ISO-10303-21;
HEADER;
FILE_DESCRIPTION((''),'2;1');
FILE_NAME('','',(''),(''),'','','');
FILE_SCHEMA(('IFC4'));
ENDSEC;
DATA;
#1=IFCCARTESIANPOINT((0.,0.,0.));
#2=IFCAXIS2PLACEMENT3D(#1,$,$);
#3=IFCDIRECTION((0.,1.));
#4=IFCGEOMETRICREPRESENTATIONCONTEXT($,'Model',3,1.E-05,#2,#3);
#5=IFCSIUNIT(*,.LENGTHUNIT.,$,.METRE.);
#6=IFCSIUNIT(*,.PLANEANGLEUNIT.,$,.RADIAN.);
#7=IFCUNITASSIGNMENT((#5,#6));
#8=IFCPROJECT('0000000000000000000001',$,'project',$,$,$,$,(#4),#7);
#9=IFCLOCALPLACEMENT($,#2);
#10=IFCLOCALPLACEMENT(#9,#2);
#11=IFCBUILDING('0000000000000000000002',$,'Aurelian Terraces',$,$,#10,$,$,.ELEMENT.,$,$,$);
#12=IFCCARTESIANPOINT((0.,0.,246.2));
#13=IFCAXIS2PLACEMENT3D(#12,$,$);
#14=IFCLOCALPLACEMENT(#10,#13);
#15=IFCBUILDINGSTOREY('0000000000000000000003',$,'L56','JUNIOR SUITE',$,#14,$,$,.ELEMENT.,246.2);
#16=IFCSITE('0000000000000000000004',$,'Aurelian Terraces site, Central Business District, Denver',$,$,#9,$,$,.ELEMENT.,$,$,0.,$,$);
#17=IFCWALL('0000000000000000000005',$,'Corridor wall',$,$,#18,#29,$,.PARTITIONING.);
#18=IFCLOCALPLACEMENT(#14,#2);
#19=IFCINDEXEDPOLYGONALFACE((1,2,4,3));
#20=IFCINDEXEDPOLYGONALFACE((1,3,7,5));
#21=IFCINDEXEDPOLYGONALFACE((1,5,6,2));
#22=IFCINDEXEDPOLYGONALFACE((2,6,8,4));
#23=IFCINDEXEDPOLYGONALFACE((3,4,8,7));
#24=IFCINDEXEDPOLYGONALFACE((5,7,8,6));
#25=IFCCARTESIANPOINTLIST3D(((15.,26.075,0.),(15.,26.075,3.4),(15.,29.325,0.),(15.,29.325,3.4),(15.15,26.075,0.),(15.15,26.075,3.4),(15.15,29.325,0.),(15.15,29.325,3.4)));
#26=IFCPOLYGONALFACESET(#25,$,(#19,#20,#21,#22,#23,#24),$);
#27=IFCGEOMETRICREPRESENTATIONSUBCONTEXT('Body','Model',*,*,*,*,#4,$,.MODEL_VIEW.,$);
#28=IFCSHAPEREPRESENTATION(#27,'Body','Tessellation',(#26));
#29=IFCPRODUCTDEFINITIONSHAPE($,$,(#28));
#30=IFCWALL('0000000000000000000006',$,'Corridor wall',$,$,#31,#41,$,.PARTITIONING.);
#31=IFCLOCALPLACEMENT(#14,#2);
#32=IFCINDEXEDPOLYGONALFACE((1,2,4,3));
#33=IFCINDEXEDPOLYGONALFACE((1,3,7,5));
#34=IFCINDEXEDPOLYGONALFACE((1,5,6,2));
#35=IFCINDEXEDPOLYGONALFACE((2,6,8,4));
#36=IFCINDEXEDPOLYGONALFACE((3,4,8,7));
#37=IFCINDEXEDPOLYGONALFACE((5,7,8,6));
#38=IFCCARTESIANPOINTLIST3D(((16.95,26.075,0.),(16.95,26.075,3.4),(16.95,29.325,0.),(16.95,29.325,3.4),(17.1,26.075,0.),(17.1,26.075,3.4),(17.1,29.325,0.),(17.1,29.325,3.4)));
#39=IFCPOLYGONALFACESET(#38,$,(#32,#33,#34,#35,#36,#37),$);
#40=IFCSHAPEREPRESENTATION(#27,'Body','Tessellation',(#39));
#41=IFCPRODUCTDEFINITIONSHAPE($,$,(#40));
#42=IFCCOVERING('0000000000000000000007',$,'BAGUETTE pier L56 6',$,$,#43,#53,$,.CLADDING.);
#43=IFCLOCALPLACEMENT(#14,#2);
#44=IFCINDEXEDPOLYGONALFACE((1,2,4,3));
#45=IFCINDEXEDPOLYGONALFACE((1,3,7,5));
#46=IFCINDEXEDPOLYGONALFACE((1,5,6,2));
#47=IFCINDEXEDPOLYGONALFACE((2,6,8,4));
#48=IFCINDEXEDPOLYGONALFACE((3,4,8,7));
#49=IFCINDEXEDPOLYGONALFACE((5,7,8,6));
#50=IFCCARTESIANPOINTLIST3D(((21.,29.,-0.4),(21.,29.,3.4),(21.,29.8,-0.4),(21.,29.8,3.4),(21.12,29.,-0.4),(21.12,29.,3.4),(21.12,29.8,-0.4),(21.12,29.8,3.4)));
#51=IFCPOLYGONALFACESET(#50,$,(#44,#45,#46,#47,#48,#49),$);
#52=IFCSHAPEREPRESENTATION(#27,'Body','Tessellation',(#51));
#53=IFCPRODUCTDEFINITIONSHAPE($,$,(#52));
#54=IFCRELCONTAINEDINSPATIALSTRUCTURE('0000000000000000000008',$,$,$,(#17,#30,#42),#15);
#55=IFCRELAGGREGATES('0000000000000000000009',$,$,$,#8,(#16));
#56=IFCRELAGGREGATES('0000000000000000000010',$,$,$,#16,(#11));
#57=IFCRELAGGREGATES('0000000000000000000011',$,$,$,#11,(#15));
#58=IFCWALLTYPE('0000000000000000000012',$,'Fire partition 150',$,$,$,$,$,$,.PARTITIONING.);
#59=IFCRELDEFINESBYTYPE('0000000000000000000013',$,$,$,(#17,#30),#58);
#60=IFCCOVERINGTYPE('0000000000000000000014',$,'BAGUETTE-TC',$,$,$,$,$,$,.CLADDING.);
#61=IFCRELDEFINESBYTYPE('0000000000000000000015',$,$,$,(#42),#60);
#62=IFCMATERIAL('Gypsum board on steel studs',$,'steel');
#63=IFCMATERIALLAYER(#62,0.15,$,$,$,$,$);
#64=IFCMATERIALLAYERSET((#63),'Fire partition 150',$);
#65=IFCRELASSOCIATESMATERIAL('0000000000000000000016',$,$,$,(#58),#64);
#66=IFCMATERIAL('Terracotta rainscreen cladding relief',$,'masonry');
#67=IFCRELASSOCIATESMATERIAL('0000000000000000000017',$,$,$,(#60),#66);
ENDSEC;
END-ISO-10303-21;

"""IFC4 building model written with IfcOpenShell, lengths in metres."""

from ifc_helpers import new_model, si_unit, direction, frame, frame_2d, origin, origin_2d, place, context, subcontext, project, spatial, rectangle, extrude, source, transform, mapped, material, layer, layer_set, type_object, element, save


model = new_model("IFC4")

# Units and contexts
model_context = context("Model", 3, precision=1e-05, world=origin(), true_north=direction((0.0, 1.0)))
body_context = subcontext(model_context, "Body", "Model", "MODEL_VIEW")
ifc_project = project(units=[si_unit("LENGTHUNIT", "METRE"), si_unit("PLANEANGLEUNIT", "RADIAN")], contexts=[model_context])

# Site, building, storey
site_placement = place(None, origin())
site = spatial("IfcSite", under=ifc_project, at=site_placement, Name="Aurelian Terraces site, Central Business District, Denver", CompositionType="ELEMENT", RefElevation=0.0)
building_placement = place(site_placement, origin())
building = spatial("IfcBuilding", under=site, at=building_placement, Name="Aurelian Terraces", CompositionType="ELEMENT")
storey_placement = place(building_placement, frame((0.0, 0.0, 246.2)))
storey = spatial("IfcBuildingStorey", under=building, at=storey_placement, Name="L56", Description="JUNIOR SUITE", CompositionType="ELEMENT", Elevation=246.2)

# Shared definitions
ifc_material_1 = material(Name="Gypsum board on steel studs", Category="steel")
ifc_layer_1 = layer(ifc_material_1, 0.15)
ifc_layer_set_1 = layer_set([ifc_layer_1], Name="Fire partition 150")
wall_type_1 = type_object("IfcWallType", Name="Fire partition 150", PredefinedType="PARTITIONING", material=ifc_layer_set_1)

# Walls
shared_shape_1 = source(origin(), body_context, "Body", "SweptSolid", [
    extrude(rectangle(XDim=3.25, YDim=0.15, at=frame_2d((1.625, 0.0))), origin(), (0.0, 0.0, 1.0), 3.4),
])
for number, where, z_axis, x_axis, name in (
    (1, (15.075, 26.075, 0.0), (0.0, 0.0, 1.0), (0.0, 1.0, 0.0), "Corridor wall"),
    (2, (17.025, 29.325, 0.0), (0.0, 0.0, 1.0), (0.0, -1.0, 0.0), "Corridor wall"),
):
    element("IfcWall", number, at=place(storey_placement, frame(where, z_axis=z_axis, x_axis=x_axis)), inside=storey, type_object=wall_type_1, Name=name, PredefinedType="PARTITIONING", context=body_context, shape_type="MappedRepresentation", body=[
        mapped(shared_shape_1, transform((0.0, 0.0, 0.0), scale=1.0)),
    ])

# Covering
ifc_material_2 = material(Name="Terracotta rainscreen cladding relief", Category="masonry")
covering_type = type_object("IfcCoveringType", Name="BAGUETTE-TC", PredefinedType="CLADDING", material=ifc_material_2)
shared_shape_2 = source(origin(), body_context, "Body", "SweptSolid", [
    extrude(rectangle(XDim=0.12, YDim=0.8, at=origin_2d()), origin(), (0.0, 0.0, 1.0), 3.8),
])
covering_placement = place(storey_placement, frame((21.06, 29.4, -0.4), z_axis=(0.0, 0.0, 1.0), x_axis=(1.0, 0.0, 0.0)))
element("IfcCovering", 3, at=covering_placement, inside=storey, type_object=covering_type, Name="BAGUETTE pier L56 6", PredefinedType="CLADDING", context=body_context, shape_type="MappedRepresentation", body=[
    mapped(shared_shape_2, transform((0.0, 0.0, 0.0), scale=1.0)),
])

save(model, "model.ifc")
